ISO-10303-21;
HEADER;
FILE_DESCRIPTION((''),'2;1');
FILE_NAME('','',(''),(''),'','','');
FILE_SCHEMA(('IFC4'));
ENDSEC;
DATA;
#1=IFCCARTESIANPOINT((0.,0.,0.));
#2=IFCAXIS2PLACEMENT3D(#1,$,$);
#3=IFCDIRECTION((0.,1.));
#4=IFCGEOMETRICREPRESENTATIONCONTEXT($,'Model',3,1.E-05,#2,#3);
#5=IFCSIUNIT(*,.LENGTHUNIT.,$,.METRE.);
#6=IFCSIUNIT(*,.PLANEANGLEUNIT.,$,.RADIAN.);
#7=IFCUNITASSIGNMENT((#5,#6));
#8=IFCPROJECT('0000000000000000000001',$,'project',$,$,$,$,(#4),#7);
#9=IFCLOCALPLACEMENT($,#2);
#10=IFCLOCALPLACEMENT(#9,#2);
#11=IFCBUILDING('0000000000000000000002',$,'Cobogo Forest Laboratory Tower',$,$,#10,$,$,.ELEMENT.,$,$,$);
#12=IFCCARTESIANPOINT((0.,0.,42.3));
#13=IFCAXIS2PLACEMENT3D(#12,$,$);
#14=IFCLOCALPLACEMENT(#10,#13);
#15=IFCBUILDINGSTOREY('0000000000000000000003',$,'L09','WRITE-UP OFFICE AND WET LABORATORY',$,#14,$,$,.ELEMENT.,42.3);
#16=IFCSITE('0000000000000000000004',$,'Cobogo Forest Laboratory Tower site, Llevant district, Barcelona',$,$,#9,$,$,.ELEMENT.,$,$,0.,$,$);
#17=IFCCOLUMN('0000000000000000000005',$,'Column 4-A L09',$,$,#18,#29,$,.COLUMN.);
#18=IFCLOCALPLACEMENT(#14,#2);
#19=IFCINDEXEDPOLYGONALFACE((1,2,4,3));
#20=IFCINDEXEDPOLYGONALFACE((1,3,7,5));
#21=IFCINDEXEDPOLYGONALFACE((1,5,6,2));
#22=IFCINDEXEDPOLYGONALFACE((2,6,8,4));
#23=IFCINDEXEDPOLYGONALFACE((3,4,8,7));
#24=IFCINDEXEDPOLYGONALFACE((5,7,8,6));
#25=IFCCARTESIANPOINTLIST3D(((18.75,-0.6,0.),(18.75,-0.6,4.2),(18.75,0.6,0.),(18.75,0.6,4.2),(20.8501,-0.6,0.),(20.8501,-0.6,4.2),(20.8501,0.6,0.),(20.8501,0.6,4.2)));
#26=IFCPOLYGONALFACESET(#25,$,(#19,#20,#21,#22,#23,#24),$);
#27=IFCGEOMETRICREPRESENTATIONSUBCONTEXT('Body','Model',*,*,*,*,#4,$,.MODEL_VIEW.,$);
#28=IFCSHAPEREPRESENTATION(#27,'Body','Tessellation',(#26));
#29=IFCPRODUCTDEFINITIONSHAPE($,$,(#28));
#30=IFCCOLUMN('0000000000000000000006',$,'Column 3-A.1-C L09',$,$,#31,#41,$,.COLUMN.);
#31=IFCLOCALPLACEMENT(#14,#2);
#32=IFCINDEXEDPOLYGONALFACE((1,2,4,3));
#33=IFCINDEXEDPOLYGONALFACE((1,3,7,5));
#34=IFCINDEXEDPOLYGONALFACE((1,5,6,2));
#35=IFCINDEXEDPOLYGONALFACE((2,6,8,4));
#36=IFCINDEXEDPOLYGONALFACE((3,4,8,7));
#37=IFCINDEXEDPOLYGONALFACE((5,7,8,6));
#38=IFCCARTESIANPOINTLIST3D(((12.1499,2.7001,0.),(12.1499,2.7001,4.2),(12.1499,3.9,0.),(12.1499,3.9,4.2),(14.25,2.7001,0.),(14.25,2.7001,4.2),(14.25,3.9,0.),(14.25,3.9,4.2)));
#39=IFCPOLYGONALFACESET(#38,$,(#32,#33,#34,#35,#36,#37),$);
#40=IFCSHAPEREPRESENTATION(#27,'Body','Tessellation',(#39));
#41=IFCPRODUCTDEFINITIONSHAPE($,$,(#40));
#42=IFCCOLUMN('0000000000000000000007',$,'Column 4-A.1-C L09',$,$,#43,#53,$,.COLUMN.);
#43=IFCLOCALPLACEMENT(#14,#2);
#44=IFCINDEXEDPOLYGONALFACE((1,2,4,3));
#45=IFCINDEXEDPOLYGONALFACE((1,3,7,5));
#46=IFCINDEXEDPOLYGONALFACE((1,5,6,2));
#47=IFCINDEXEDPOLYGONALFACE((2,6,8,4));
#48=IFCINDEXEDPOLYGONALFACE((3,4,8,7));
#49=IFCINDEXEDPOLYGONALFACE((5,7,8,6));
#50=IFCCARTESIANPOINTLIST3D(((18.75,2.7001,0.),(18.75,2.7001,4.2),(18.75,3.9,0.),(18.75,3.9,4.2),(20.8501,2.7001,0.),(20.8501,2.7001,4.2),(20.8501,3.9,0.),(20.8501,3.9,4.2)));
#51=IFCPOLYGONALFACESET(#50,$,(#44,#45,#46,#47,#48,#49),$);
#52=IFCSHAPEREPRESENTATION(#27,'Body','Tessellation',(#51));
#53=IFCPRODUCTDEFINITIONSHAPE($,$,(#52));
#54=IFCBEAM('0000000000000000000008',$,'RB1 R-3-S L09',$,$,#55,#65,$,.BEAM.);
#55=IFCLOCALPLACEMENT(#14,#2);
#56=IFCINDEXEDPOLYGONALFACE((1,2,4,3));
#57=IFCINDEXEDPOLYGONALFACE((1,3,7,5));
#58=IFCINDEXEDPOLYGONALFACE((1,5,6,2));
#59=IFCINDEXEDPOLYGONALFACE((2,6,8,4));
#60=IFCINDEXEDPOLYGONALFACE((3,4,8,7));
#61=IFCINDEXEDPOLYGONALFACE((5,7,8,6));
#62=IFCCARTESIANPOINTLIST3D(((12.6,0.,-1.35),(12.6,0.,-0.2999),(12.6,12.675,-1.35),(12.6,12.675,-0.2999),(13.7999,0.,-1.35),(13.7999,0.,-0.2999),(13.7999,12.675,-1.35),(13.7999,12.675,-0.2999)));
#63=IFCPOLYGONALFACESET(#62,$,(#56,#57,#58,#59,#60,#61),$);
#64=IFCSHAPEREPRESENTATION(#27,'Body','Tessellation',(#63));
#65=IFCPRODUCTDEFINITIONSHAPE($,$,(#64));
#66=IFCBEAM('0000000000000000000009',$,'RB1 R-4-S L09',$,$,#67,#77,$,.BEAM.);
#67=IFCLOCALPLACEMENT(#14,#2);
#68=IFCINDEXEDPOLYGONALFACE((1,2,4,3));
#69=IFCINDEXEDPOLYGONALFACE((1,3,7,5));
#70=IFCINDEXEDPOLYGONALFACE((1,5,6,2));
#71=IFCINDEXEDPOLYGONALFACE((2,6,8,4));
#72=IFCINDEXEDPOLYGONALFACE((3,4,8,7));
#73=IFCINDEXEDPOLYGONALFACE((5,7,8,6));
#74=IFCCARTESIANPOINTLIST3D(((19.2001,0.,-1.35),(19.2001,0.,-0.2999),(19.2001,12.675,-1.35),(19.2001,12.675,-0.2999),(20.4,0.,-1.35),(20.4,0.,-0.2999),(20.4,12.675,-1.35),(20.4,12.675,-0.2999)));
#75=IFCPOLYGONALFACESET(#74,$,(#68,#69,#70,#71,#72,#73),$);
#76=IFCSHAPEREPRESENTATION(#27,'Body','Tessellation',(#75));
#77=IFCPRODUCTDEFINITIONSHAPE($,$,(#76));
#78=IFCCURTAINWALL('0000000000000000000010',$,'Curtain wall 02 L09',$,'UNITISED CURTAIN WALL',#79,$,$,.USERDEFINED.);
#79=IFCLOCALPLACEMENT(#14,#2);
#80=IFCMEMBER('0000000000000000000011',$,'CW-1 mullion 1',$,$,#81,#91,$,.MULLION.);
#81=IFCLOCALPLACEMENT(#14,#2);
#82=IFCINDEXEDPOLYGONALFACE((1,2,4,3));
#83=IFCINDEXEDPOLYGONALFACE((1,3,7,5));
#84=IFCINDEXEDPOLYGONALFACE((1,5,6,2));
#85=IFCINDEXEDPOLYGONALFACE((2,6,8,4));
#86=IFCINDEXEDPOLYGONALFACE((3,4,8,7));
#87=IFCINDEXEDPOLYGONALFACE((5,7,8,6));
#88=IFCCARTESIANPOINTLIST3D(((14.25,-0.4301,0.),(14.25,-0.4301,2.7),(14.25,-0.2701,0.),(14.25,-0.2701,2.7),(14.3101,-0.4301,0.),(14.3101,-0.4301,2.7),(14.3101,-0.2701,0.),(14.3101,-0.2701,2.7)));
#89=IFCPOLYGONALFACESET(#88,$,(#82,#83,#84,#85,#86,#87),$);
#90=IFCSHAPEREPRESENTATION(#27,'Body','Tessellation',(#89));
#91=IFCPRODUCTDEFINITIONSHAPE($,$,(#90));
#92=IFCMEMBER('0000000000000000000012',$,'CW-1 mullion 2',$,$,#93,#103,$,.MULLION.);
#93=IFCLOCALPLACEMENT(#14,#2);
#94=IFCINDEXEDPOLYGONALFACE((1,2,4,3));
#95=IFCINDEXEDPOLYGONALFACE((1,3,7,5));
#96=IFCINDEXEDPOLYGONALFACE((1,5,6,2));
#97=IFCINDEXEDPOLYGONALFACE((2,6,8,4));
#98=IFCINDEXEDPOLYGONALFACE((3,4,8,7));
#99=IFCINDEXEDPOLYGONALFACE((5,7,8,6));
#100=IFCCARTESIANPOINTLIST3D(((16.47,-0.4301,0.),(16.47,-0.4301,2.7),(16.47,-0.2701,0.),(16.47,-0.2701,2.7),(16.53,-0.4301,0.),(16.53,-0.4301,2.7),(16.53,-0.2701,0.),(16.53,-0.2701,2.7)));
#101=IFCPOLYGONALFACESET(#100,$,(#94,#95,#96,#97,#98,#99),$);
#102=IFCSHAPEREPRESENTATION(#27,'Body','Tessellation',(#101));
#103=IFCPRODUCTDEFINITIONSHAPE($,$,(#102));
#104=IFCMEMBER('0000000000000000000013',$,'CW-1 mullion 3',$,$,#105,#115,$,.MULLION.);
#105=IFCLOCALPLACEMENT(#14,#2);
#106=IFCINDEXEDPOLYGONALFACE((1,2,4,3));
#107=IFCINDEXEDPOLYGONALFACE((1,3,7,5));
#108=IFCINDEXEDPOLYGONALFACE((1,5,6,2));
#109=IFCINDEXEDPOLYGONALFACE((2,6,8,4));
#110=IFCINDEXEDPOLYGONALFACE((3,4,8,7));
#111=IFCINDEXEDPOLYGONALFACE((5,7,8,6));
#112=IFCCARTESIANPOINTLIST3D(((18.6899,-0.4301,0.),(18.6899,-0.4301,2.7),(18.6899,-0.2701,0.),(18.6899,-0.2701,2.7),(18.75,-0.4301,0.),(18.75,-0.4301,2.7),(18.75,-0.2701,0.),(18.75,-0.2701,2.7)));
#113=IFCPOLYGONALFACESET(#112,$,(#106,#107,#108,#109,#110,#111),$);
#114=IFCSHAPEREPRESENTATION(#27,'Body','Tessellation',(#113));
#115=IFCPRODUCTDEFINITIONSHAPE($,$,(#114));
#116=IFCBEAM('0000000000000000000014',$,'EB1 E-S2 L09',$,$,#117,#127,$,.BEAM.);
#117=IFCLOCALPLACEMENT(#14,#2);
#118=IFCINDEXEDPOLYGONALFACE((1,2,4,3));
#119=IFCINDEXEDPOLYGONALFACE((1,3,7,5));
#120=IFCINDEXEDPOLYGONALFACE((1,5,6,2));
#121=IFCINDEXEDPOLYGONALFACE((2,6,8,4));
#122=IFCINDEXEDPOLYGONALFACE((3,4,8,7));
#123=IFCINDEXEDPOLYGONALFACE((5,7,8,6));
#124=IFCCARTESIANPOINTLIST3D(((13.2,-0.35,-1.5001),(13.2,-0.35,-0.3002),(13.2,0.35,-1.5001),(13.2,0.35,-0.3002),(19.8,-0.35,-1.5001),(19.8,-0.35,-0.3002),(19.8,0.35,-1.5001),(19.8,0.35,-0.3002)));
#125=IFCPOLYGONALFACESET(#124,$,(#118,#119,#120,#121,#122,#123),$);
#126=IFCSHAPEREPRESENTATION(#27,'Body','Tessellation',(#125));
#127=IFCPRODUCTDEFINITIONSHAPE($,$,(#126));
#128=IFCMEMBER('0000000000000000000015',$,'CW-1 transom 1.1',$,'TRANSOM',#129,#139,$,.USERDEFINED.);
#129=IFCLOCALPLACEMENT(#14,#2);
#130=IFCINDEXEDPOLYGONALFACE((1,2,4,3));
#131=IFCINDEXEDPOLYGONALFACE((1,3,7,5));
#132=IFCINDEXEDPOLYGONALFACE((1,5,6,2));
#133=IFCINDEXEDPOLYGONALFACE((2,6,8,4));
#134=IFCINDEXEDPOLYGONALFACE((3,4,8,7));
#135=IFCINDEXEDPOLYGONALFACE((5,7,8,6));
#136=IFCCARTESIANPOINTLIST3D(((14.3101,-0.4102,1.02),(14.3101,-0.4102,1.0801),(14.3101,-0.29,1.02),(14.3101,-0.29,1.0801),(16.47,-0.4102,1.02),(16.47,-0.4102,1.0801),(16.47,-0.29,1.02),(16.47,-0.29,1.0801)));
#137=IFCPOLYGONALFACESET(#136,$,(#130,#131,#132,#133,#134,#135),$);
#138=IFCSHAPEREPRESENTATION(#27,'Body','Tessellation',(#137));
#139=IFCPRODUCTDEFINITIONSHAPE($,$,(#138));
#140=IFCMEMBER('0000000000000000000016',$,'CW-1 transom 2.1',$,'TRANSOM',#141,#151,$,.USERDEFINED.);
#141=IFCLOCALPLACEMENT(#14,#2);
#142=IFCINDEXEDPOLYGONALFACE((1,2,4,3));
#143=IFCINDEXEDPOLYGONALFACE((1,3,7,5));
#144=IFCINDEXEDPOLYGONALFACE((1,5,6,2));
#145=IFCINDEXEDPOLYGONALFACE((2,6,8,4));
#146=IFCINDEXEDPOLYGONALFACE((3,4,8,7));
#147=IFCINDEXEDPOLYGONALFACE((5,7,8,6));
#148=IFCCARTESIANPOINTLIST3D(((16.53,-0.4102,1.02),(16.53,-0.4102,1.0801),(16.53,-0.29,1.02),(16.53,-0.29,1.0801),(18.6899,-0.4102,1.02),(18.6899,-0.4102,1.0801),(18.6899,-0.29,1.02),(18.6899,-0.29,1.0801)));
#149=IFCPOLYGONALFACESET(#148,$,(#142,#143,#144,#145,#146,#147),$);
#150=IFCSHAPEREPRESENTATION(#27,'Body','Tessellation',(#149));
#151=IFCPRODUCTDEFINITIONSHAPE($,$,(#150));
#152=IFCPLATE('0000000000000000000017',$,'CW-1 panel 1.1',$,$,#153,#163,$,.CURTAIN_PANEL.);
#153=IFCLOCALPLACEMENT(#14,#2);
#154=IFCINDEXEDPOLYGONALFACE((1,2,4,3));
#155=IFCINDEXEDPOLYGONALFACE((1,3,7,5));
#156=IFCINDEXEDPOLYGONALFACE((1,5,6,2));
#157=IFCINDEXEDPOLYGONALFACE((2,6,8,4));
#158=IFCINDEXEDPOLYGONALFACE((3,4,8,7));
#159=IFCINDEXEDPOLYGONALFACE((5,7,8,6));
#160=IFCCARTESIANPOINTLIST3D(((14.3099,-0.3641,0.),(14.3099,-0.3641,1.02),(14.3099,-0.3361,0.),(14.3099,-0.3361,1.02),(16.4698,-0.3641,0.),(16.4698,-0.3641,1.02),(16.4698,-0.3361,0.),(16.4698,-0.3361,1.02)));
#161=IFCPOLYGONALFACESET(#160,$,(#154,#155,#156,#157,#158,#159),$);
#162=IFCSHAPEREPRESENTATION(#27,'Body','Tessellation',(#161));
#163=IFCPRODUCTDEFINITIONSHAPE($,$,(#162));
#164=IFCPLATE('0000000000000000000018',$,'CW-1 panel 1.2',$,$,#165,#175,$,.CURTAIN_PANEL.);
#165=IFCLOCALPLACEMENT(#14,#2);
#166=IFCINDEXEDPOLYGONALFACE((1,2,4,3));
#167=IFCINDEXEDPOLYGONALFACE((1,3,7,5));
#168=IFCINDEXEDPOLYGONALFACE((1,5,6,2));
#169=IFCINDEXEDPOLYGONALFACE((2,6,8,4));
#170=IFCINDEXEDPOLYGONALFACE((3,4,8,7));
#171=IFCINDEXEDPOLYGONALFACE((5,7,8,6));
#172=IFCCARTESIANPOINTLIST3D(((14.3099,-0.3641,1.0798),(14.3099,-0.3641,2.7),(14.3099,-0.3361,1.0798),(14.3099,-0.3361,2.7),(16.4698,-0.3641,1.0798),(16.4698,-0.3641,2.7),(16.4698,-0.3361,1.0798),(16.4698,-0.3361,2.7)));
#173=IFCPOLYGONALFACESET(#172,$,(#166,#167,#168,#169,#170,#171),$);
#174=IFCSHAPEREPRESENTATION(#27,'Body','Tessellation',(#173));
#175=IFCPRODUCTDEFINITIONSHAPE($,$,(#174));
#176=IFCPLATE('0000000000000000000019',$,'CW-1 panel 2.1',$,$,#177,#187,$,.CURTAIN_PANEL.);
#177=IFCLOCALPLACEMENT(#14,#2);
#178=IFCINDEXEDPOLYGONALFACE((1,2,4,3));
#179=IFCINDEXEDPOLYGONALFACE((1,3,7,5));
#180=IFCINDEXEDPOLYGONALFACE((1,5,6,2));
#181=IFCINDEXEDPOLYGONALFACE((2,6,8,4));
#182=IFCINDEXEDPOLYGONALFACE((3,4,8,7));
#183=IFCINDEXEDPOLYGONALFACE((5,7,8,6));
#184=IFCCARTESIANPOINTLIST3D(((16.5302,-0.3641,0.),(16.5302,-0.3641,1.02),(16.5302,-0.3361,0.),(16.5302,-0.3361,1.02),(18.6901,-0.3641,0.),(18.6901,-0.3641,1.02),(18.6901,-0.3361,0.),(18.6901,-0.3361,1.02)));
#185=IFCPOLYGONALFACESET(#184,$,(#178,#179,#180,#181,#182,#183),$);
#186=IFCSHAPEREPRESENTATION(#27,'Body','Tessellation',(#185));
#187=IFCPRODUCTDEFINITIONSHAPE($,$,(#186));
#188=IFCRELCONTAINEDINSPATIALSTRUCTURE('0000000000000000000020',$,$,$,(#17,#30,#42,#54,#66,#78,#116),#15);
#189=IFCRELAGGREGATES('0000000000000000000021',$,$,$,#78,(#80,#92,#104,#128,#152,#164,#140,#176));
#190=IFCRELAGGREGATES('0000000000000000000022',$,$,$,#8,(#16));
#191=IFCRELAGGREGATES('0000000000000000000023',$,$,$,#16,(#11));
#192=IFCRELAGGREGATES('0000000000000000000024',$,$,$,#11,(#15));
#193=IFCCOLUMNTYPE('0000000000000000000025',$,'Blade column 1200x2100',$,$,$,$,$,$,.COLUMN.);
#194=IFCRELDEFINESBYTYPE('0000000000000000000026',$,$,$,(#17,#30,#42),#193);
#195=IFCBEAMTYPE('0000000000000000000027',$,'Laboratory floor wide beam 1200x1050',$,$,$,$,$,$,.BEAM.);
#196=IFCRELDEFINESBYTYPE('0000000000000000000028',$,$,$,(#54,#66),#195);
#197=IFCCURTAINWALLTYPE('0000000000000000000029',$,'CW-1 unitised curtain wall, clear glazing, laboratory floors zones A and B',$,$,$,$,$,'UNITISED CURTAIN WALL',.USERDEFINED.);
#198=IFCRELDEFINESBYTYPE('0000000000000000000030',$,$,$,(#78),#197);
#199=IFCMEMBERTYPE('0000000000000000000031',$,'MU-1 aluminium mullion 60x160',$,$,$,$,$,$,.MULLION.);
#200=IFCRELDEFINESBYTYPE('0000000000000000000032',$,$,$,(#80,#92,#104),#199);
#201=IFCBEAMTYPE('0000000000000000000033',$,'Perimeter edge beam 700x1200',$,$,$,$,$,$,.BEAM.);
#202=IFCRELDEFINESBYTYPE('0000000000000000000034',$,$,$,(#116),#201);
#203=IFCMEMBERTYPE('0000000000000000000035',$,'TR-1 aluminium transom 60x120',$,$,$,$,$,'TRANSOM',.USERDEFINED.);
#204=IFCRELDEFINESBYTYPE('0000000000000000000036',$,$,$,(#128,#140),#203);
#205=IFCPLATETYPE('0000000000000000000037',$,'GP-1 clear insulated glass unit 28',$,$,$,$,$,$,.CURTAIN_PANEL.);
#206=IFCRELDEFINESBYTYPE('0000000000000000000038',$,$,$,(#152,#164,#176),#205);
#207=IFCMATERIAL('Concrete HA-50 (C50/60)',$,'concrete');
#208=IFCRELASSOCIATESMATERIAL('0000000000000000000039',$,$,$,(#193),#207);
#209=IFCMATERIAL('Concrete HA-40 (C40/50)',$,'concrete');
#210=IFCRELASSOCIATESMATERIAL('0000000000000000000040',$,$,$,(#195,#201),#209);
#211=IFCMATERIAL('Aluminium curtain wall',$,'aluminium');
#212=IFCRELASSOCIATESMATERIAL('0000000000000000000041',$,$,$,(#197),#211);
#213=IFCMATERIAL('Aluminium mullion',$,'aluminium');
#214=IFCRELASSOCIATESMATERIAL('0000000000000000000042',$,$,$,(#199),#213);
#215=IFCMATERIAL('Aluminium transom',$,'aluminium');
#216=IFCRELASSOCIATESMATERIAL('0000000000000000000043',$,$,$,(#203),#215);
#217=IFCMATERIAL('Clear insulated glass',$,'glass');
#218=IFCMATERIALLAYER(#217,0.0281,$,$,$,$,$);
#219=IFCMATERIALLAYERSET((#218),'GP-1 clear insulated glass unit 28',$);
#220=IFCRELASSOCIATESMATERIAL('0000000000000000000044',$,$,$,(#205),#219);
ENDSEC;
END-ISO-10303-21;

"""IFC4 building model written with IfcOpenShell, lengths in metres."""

from ifc_helpers import new_model, si_unit, direction, frame, origin, origin_2d, place, context, subcontext, project, spatial, rectangle, extrude, material, layer, layer_set, material_profile, profile_set, type_object, element, aggregate, save


model = new_model("IFC4")

# Units and contexts
model_context = context("Model", 3, precision=1e-05, world=origin(), true_north=direction((0.0, 1.0)))
body_context = subcontext(model_context, "Body", "Model", "MODEL_VIEW")
ifc_project = project(units=[si_unit("LENGTHUNIT", "METRE"), si_unit("PLANEANGLEUNIT", "RADIAN")], contexts=[model_context])

# Site, building, storey
site_placement = place(None, origin())
site = spatial("IfcSite", under=ifc_project, at=site_placement, Name="Cobogo Forest Laboratory Tower site, Llevant district, Barcelona", CompositionType="ELEMENT", RefElevation=0.0)
building_placement = place(site_placement, origin())
building = spatial("IfcBuilding", under=site, at=building_placement, Name="Cobogo Forest Laboratory Tower", CompositionType="ELEMENT")
storey_placement = place(building_placement, frame((0.0, 0.0, 42.3)))
storey = spatial("IfcBuildingStorey", under=building, at=storey_placement, Name="L09", Description="WRITE-UP OFFICE AND WET LABORATORY", CompositionType="ELEMENT", Elevation=42.3)

# Columns
ifc_material_1 = material(Name="Concrete HA-50 (C50/60)", Category="concrete")
ifc_material_profile_1 = material_profile(ifc_material_1, rectangle(XDim=2.1001, YDim=1.2, at=origin_2d()), Name="RC 1200x2100")
ifc_profile_set_1 = profile_set([ifc_material_profile_1], Name="Concrete HA-50 (C50/60)")
column_type = type_object("IfcColumnType", Name="Blade column 1200x2100", PredefinedType="COLUMN", material=ifc_profile_set_1)
for number, where, z_axis, x_axis, name in (
    (1, (19.8, 0.0, 0.0), (0.0, 0.0, 1.0), (1.0, 0.0, 0.0), "Column 4-A L09"),
    (2, (13.2, 3.3, 0.0), (0.0, 0.0, 1.0), (1.0, 0.0, 0.0), "Column 3-A.1-C L09"),
    (3, (19.8, 3.3, 0.0), (0.0, 0.0, 1.0), (1.0, 0.0, 0.0), "Column 4-A.1-C L09"),
):
    element("IfcColumn", number, at=place(storey_placement, frame(where, z_axis=z_axis, x_axis=x_axis)), inside=storey, type_object=column_type, Name=name, PredefinedType="COLUMN", context=body_context, shape_type="SweptSolid", body=[
        extrude(rectangle(XDim=2.1001, YDim=1.2, at=origin_2d()), origin(), (0.0, 0.0, 1.0), 4.2),
    ])

# Beams
ifc_material_2 = material(Name="Concrete HA-40 (C40/50)", Category="concrete")
ifc_material_profile_2 = material_profile(ifc_material_2, rectangle(XDim=1.2, YDim=1.05, at=origin_2d()), Name="RC 1200x1050")
ifc_profile_set_2 = profile_set([ifc_material_profile_2], Name="Concrete HA-40 (C40/50)")
beam_type_1 = type_object("IfcBeamType", Name="Laboratory floor wide beam 1200x1050", PredefinedType="BEAM", material=ifc_profile_set_2)
for number, where, z_axis, x_axis, name in (
    (4, (13.2, 12.675, -0.825), (0.0, -1.0, 0.0), (1.0, 0.0, 0.0), "RB1 R-3-S L09"),
    (5, (19.8, 12.675, -0.825), (0.0, -1.0, 0.0), (1.0, 0.0, 0.0), "RB1 R-4-S L09"),
):
    element("IfcBeam", number, at=place(storey_placement, frame(where, z_axis=z_axis, x_axis=x_axis)), inside=storey, type_object=beam_type_1, Name=name, PredefinedType="BEAM", context=body_context, shape_type="SweptSolid", body=[
        extrude(rectangle(XDim=1.2, YDim=1.05, at=origin_2d()), origin(), (0.0, 0.0, 1.0), 12.675),
    ])

# Curtain wall, members
ifc_material_3 = material(Name="Aluminium curtain wall", Category="aluminium")
curtain_wall_type = type_object("IfcCurtainWallType", Name="CW-1 unitised curtain wall, clear glazing, laboratory floors zones A and B", ElementType="UNITISED CURTAIN WALL", PredefinedType="USERDEFINED", material=ifc_material_3)
curtain_wall_placement = place(storey_placement, origin())
curtain_wall = element("IfcCurtainWall", 6, at=curtain_wall_placement, inside=storey, type_object=curtain_wall_type, Name="Curtain wall 02 L09", ObjectType="UNITISED CURTAIN WALL", PredefinedType="USERDEFINED")
ifc_material_4 = material(Name="Aluminium mullion", Category="aluminium")
ifc_material_profile_3 = material_profile(ifc_material_4, rectangle(XDim=0.0601, YDim=0.1599, at=origin_2d()), Name="AL 60x160")
ifc_profile_set_3 = profile_set([ifc_material_profile_3], Name="Aluminium mullion")
member_type_1 = type_object("IfcMemberType", Name="MU-1 aluminium mullion 60x160", PredefinedType="MULLION", material=ifc_profile_set_3)
member_1_placement = place(storey_placement, frame((14.28, -0.3501, 0.0), z_axis=(0.0, 0.0, 1.0), x_axis=(1.0, 0.0, 0.0)))
member_1 = element("IfcMember", 7, at=member_1_placement, type_object=member_type_1, Name="CW-1 mullion 1", PredefinedType="MULLION", context=body_context, shape_type="SweptSolid", body=[
    extrude(rectangle(XDim=0.0601, YDim=0.1599, at=origin_2d()), origin(), (0.0, 0.0, 1.0), 2.7),
])
member_2_placement = place(storey_placement, frame((16.5, -0.3501, 0.0), z_axis=(0.0, 0.0, 1.0), x_axis=(1.0, 0.0, 0.0)))
member_2 = element("IfcMember", 8, at=member_2_placement, type_object=member_type_1, Name="CW-1 mullion 2", PredefinedType="MULLION", context=body_context, shape_type="SweptSolid", body=[
    extrude(rectangle(XDim=0.0601, YDim=0.1599, at=origin_2d()), origin(), (0.0, 0.0, 1.0), 2.7),
])
member_3_placement = place(storey_placement, frame((18.72, -0.3501, 0.0), z_axis=(0.0, 0.0, 1.0), x_axis=(1.0, 0.0, 0.0)))
member_3 = element("IfcMember", 9, at=member_3_placement, type_object=member_type_1, Name="CW-1 mullion 3", PredefinedType="MULLION", context=body_context, shape_type="SweptSolid", body=[
    extrude(rectangle(XDim=0.0601, YDim=0.1599, at=origin_2d()), origin(), (0.0, 0.0, 1.0), 2.7),
])

# Beam
ifc_material_profile_4 = material_profile(ifc_material_2, rectangle(XDim=0.7, YDim=1.2, at=origin_2d()), Name="RC 700x1200")
ifc_profile_set_4 = profile_set([ifc_material_profile_4], Name="Concrete HA-40 (C40/50)")
beam_type_2 = type_object("IfcBeamType", Name="Perimeter edge beam 700x1200", PredefinedType="BEAM", material=ifc_profile_set_4)
beam_placement = place(storey_placement, frame((13.2, 0.0, -0.9001), z_axis=(1.0, 0.0, 0.0), x_axis=(0.0, 1.0, 0.0)))
element("IfcBeam", 10, at=beam_placement, inside=storey, type_object=beam_type_2, Name="EB1 E-S2 L09", PredefinedType="BEAM", context=body_context, shape_type="SweptSolid", body=[
    extrude(rectangle(XDim=0.7, YDim=1.2, at=origin_2d()), origin(), (0.0, 0.0, 1.0), 6.6001),
])

# Members
ifc_material_5 = material(Name="Aluminium transom", Category="aluminium")
ifc_material_profile_5 = material_profile(ifc_material_5, rectangle(XDim=0.1201, YDim=0.0601, at=origin_2d()), Name="AL 60x120")
ifc_profile_set_5 = profile_set([ifc_material_profile_5], Name="Aluminium transom")
member_type_2 = type_object("IfcMemberType", Name="TR-1 aluminium transom 60x120", ElementType="TRANSOM", PredefinedType="USERDEFINED", material=ifc_profile_set_5)
member_4_placement = place(storey_placement, frame((14.3101, -0.3501, 1.05), z_axis=(1.0, 0.0, 0.0), x_axis=(0.0, 1.0, 0.0)))
member_4 = element("IfcMember", 11, at=member_4_placement, type_object=member_type_2, Name="CW-1 transom 1.1", ObjectType="TRANSOM", PredefinedType="USERDEFINED", context=body_context, shape_type="SweptSolid", body=[
    extrude(rectangle(XDim=0.1201, YDim=0.0601, at=origin_2d()), origin(), (0.0, 0.0, 1.0), 2.1599),
])
member_5_placement = place(storey_placement, frame((16.53, -0.3501, 1.05), z_axis=(1.0, 0.0, 0.0), x_axis=(0.0, 1.0, 0.0)))
member_5 = element("IfcMember", 12, at=member_5_placement, type_object=member_type_2, Name="CW-1 transom 2.1", ObjectType="TRANSOM", PredefinedType="USERDEFINED", context=body_context, shape_type="SweptSolid", body=[
    extrude(rectangle(XDim=0.1201, YDim=0.0601, at=origin_2d()), origin(), (0.0, 0.0, 1.0), 2.1599),
])

# Plates
ifc_material_6 = material(Name="Clear insulated glass", Category="glass")
ifc_layer_1 = layer(ifc_material_6, 0.0281)
ifc_layer_set_1 = layer_set([ifc_layer_1], Name="GP-1 clear insulated glass unit 28")
plate_type_1 = type_object("IfcPlateType", Name="GP-1 clear insulated glass unit 28", PredefinedType="CURTAIN_PANEL", material=ifc_layer_set_1)
plate_1_placement = place(storey_placement, frame((15.3899, -0.3501, 0.0), z_axis=(0.0, 0.0, 1.0), x_axis=(1.0, 0.0, 0.0)))
plate_1 = element("IfcPlate", 13, at=plate_1_placement, type_object=plate_type_1, Name="CW-1 panel 1.1", PredefinedType="CURTAIN_PANEL", context=body_context, shape_type="SweptSolid", body=[
    extrude(rectangle(XDim=2.1599, YDim=0.0281, at=origin_2d()), origin(), (0.0, 0.0, 1.0), 1.02),
])
plate_2_placement = place(storey_placement, frame((15.3899, -0.3501, 1.0798), z_axis=(0.0, 0.0, 1.0), x_axis=(1.0, 0.0, 0.0)))
plate_2 = element("IfcPlate", 14, at=plate_2_placement, type_object=plate_type_1, Name="CW-1 panel 1.2", PredefinedType="CURTAIN_PANEL", context=body_context, shape_type="SweptSolid", body=[
    extrude(rectangle(XDim=2.1599, YDim=0.0281, at=origin_2d()), origin(), (0.0, 0.0, 1.0), 1.6201),
])
plate_3_placement = place(storey_placement, frame((17.6101, -0.3501, 0.0), z_axis=(0.0, 0.0, 1.0), x_axis=(1.0, 0.0, 0.0)))
plate_3 = element("IfcPlate", 15, at=plate_3_placement, type_object=plate_type_1, Name="CW-1 panel 2.1", PredefinedType="CURTAIN_PANEL", context=body_context, shape_type="SweptSolid", body=[
    extrude(rectangle(XDim=2.1599, YDim=0.0281, at=origin_2d()), origin(), (0.0, 0.0, 1.0), 1.02),
])
aggregate(curtain_wall, [member_1, member_2, member_3, member_4, plate_1, plate_2, member_5, plate_3])

save(model, "model.ifc")
